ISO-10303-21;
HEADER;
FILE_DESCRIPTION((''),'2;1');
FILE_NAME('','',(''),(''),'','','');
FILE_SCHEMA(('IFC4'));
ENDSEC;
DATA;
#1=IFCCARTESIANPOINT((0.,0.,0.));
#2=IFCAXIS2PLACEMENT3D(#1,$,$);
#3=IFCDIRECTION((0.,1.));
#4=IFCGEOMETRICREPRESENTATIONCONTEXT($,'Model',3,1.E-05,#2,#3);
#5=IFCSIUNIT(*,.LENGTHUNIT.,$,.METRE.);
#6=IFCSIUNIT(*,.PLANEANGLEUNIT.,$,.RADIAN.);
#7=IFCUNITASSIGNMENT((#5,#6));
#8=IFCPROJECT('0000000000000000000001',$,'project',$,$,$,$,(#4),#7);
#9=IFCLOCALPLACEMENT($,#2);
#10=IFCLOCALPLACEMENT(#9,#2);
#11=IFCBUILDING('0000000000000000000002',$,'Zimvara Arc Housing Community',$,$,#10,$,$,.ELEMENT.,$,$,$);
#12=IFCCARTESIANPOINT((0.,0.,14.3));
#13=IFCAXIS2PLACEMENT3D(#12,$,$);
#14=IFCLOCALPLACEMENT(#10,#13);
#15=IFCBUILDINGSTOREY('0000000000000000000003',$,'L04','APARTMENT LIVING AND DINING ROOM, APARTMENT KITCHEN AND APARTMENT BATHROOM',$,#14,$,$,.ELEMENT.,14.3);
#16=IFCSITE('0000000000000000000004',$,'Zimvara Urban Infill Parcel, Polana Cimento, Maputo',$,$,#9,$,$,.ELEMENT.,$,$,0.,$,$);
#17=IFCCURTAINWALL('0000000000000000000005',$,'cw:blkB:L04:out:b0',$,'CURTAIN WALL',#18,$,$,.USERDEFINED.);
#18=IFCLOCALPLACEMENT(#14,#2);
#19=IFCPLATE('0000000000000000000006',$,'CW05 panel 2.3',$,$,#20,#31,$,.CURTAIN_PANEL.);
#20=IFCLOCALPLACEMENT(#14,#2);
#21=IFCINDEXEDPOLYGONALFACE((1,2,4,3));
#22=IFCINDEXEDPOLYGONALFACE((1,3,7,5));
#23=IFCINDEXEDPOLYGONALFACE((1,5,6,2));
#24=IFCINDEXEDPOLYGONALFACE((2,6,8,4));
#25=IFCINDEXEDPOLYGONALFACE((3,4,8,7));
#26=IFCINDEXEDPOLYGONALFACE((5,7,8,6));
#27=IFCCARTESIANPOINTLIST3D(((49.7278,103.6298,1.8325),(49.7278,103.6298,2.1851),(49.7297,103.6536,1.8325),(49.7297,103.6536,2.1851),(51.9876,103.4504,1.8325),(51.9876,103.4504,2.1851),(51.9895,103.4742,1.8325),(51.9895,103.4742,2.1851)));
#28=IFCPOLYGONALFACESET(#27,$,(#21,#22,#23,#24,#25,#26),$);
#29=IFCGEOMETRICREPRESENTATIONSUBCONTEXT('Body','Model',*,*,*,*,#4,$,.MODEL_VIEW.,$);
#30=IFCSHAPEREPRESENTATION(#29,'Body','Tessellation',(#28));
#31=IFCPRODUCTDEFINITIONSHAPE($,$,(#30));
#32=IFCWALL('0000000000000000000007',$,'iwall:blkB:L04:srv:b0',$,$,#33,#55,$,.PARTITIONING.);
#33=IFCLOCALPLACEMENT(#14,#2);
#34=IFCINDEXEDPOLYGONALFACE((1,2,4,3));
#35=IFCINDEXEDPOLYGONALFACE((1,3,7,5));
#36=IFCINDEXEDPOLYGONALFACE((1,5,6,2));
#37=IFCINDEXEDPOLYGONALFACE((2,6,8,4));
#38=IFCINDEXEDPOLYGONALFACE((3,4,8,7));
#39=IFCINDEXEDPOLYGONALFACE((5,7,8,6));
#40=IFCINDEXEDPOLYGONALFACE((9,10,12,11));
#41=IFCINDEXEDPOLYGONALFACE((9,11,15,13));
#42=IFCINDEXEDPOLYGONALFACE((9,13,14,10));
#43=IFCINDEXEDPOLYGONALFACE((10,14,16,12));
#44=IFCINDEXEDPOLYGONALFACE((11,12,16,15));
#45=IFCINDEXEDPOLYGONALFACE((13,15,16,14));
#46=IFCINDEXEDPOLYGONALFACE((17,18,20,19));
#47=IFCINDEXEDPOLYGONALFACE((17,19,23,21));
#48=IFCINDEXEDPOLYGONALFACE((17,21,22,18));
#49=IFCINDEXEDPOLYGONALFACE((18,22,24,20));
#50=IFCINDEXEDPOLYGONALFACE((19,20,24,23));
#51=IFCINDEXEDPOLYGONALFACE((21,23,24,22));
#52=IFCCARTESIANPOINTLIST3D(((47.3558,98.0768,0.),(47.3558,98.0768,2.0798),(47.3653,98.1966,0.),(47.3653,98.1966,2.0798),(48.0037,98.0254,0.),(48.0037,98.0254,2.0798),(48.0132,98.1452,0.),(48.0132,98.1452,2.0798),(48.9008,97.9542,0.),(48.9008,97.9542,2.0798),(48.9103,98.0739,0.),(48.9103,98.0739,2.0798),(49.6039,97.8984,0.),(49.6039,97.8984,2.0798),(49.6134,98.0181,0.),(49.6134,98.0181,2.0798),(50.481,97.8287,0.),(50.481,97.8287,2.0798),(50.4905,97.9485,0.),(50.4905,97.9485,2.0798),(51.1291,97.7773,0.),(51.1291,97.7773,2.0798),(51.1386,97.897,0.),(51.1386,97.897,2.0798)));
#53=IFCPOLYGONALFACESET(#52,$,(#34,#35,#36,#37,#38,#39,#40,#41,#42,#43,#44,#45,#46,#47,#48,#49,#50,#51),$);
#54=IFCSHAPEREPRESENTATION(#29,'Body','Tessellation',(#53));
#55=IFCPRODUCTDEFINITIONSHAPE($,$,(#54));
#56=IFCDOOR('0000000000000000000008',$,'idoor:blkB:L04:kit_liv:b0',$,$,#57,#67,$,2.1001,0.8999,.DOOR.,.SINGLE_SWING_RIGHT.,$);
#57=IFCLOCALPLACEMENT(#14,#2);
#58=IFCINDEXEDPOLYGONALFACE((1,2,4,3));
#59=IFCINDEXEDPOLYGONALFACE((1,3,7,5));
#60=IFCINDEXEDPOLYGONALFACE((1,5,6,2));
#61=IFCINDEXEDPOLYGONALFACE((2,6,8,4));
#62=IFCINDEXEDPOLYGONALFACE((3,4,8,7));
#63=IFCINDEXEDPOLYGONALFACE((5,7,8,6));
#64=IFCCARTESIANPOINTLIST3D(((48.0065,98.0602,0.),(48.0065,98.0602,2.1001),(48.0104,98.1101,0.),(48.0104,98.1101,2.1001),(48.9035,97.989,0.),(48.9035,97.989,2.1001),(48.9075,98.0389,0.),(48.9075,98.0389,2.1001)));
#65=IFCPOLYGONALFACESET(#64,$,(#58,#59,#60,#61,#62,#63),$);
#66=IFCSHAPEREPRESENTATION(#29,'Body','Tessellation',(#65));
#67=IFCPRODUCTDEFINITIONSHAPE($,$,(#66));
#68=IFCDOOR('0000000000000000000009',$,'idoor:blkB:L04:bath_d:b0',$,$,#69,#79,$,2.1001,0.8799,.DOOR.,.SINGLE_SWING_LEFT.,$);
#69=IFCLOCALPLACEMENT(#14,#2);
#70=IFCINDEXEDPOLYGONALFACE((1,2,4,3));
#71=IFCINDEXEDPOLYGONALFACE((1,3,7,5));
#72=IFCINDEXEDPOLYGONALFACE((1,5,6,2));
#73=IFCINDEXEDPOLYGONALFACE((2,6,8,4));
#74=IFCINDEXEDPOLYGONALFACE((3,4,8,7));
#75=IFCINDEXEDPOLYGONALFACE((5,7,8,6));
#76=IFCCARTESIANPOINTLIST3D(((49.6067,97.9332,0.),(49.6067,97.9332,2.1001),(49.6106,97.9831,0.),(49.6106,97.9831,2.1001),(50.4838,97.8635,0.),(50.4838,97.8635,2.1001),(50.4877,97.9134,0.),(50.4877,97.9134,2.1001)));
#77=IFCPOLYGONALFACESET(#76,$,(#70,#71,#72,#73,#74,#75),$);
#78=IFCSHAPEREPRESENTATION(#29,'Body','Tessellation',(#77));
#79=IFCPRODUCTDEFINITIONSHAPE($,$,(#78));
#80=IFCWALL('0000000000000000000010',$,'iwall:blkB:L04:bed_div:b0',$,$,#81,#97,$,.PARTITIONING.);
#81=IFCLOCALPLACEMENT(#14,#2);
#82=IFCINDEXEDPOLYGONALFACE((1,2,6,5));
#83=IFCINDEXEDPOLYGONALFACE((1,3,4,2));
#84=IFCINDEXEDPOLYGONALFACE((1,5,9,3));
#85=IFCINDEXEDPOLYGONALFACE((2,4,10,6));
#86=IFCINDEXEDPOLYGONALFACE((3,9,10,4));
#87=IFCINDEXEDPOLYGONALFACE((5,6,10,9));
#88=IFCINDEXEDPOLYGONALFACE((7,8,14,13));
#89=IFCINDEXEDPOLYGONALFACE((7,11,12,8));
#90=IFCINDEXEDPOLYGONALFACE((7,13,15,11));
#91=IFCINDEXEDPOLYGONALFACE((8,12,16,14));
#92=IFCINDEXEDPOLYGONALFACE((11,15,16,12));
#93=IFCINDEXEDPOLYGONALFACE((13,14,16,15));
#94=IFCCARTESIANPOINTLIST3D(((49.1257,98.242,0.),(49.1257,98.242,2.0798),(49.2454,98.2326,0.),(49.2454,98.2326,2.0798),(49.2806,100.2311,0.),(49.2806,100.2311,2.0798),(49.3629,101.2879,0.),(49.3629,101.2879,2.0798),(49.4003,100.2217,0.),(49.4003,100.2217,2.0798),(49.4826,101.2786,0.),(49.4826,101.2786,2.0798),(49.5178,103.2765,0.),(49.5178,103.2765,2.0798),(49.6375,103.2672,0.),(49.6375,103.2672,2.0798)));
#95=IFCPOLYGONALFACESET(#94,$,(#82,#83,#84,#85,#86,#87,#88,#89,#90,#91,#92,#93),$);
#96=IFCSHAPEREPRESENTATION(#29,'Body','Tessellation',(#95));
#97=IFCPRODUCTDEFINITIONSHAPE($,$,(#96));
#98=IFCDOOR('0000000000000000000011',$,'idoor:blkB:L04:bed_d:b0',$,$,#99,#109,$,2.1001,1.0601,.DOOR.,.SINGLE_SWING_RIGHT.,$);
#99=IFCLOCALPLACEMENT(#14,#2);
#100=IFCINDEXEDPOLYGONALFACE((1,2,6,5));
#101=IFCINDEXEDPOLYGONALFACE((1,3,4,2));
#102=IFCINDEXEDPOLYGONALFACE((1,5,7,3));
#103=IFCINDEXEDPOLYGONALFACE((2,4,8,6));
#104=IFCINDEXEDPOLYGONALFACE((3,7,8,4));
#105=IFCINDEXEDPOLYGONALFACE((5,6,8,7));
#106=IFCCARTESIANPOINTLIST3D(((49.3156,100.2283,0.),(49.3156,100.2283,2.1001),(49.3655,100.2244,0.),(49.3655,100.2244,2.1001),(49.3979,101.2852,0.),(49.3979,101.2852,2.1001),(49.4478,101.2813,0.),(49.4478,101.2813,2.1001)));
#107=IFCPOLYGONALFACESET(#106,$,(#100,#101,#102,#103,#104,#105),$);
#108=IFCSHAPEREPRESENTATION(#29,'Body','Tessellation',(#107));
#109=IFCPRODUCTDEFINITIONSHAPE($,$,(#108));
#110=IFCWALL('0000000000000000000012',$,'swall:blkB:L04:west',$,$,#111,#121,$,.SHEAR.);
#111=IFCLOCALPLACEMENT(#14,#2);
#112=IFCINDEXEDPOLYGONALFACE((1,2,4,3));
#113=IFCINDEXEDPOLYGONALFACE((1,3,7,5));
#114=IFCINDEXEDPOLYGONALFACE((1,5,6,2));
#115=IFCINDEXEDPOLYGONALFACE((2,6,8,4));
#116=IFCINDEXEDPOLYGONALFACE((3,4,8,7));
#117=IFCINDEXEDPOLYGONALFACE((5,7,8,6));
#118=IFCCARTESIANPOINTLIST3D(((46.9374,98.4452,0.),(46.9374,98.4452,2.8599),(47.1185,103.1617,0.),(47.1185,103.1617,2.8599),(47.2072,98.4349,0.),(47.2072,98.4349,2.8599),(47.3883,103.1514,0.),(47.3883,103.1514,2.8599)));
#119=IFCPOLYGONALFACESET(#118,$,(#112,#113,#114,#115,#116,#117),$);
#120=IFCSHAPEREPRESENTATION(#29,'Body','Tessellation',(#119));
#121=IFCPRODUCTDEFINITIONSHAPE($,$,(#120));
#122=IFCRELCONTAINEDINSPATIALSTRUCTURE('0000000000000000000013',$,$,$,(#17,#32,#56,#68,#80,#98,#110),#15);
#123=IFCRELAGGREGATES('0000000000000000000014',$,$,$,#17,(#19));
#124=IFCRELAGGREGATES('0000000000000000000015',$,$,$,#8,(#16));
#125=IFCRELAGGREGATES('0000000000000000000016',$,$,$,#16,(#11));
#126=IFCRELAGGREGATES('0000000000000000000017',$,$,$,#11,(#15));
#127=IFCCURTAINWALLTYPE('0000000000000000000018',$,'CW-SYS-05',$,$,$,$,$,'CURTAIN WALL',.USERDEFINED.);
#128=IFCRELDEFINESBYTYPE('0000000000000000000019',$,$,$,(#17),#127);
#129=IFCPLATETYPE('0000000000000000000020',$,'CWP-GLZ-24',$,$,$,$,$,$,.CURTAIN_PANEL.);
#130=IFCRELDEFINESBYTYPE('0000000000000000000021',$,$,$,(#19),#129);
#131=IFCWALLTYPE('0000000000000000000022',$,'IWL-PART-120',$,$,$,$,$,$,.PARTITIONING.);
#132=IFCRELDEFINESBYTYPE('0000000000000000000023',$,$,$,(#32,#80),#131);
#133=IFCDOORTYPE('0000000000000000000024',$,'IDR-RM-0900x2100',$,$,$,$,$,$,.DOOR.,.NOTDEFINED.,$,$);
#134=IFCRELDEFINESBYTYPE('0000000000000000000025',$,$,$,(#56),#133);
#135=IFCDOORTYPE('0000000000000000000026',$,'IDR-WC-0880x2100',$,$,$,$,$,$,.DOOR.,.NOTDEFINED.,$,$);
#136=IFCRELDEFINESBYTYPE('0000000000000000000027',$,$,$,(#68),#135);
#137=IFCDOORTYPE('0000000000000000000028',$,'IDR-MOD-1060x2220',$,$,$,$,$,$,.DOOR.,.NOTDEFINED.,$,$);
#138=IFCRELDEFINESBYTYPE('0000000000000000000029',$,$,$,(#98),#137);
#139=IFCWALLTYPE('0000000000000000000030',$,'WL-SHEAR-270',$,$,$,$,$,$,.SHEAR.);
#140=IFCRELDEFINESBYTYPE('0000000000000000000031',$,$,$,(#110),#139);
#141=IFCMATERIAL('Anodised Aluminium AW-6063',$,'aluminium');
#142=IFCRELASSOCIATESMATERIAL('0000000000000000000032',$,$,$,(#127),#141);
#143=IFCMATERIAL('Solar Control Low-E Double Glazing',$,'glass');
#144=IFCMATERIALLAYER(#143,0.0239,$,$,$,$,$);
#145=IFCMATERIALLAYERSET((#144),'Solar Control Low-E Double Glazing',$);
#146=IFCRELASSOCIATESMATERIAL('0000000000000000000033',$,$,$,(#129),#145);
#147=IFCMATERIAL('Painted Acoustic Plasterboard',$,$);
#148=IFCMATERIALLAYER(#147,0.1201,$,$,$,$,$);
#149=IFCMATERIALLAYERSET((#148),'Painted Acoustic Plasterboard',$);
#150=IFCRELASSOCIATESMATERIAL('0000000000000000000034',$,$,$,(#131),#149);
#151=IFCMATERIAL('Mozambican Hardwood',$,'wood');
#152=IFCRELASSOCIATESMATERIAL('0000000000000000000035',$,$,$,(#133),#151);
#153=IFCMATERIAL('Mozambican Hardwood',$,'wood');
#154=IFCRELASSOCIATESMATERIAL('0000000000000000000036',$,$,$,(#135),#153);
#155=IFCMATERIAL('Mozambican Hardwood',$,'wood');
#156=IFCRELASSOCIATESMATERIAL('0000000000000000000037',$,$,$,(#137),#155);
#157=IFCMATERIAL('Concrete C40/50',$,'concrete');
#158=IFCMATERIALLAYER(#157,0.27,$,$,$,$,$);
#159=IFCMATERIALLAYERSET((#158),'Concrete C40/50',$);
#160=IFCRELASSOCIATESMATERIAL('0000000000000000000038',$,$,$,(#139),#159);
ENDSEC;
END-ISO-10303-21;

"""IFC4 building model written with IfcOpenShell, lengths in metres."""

from ifc_helpers import new_model, si_unit, direction, frame, frame_2d, origin, origin_2d, place, context, subcontext, project, spatial, rectangle, extrude, material, layer, layer_set, type_object, element, fill, aggregate, save


model = new_model("IFC4")

# Units and contexts
model_context = context("Model", 3, precision=1e-05, world=origin(), true_north=direction((0.0, 1.0)))
body_context = subcontext(model_context, "Body", "Model", "MODEL_VIEW")
ifc_project = project(units=[si_unit("LENGTHUNIT", "METRE"), si_unit("PLANEANGLEUNIT", "RADIAN")], contexts=[model_context])

# Site, building, storey
site_placement = place(None, origin())
site = spatial("IfcSite", under=ifc_project, at=site_placement, Name="Zimvara Urban Infill Parcel, Polana Cimento, Maputo", CompositionType="ELEMENT", RefElevation=0.0)
building_placement = place(site_placement, origin())
building = spatial("IfcBuilding", under=site, at=building_placement, Name="Zimvara Arc Housing Community", CompositionType="ELEMENT")
storey_placement = place(building_placement, frame((0.0, 0.0, 14.3)))
storey = spatial("IfcBuildingStorey", under=building, at=storey_placement, Name="L04", Description="APARTMENT LIVING AND DINING ROOM, APARTMENT KITCHEN AND APARTMENT BATHROOM", CompositionType="ELEMENT", Elevation=14.3)

# Curtain wall, plate
ifc_material_1 = material(Name="Anodised Aluminium AW-6063", Category="aluminium")
curtain_wall_type = type_object("IfcCurtainWallType", Name="CW-SYS-05", ElementType="CURTAIN WALL", PredefinedType="USERDEFINED", material=ifc_material_1)
curtain_wall_placement = place(storey_placement, origin())
curtain_wall = element("IfcCurtainWall", 1, at=curtain_wall_placement, inside=storey, type_object=curtain_wall_type, Name="cw:blkB:L04:out:b0", ObjectType="CURTAIN WALL", PredefinedType="USERDEFINED")
ifc_material_2 = material(Name="Solar Control Low-E Double Glazing", Category="glass")
ifc_layer_1 = layer(ifc_material_2, 0.0239)
ifc_layer_set_1 = layer_set([ifc_layer_1], Name="Solar Control Low-E Double Glazing")
plate_type = type_object("IfcPlateType", Name="CWP-GLZ-24", PredefinedType="CURTAIN_PANEL", material=ifc_layer_set_1)
plate_1_placement = place(storey_placement, frame((50.8586, 103.552, 1.8325), z_axis=(0.0, 0.0, 1.0), x_axis=(0.996862, -0.079154, 0.0)))
plate_1 = element("IfcPlate", 2, at=plate_1_placement, type_object=plate_type, Name="CW05 panel 2.3", PredefinedType="CURTAIN_PANEL", context=body_context, shape_type="SweptSolid", body=[
    extrude(rectangle(XDim=2.2668, YDim=0.0239, at=origin_2d()), origin(), (0.0, 0.0, 1.0), 0.3525),
])
aggregate(curtain_wall, [plate_1])

# Wall, openings, doors
ifc_material_3 = material(Name="Painted Acoustic Plasterboard")
ifc_layer_2 = layer(ifc_material_3, 0.1201)
ifc_layer_set_2 = layer_set([ifc_layer_2], Name="Painted Acoustic Plasterboard")
wall_type_1 = type_object("IfcWallType", Name="IWL-PART-120", PredefinedType="PARTITIONING", material=ifc_layer_set_2)
wall_1_placement = place(storey_placement, frame((47.3606, 98.1367, 0.0), z_axis=(0.0, 0.0, 1.0), x_axis=(0.996863, -0.079143, 0.0)))
wall_1 = element("IfcWall", 3, at=wall_1_placement, inside=storey, type_object=wall_type_1, Name="iwall:blkB:L04:srv:b0", PredefinedType="PARTITIONING", context=body_context, shape_type="SweptSolid", body=[
    extrude(rectangle(XDim=3.7852, YDim=0.1201, at=frame_2d((1.8926, 0.0))), origin(), (0.0, 0.0, 1.0), 2.0798),
])
opening_1_placement = place(wall_1_placement, frame((0.6499, 0.0, 0.0)))
opening_1 = element("IfcOpeningElement", 4, at=opening_1_placement, cuts=wall_1, PredefinedType="OPENING", context=body_context, shape_type="SweptSolid", body=[
    extrude(rectangle(XDim=0.8999, YDim=2.1001, at=frame_2d((0.45, 1.05))), frame((0.0, 0.0701, 0.0), z_axis=(0.0, -1.0, 0.0), x_axis=(1.0, 0.0, 0.0)), (0.0, 0.0, 1.0), 0.1401),
])
opening_2_placement = place(wall_1_placement, frame((2.2551, 0.0, 0.0)))
opening_2 = element("IfcOpeningElement", 5, at=opening_2_placement, cuts=wall_1, PredefinedType="OPENING", context=body_context, shape_type="SweptSolid", body=[
    extrude(rectangle(XDim=0.8799, YDim=2.1001, at=frame_2d((0.4399, 1.05))), frame((0.0, 0.0701, 0.0), z_axis=(0.0, -1.0, 0.0), x_axis=(1.0, 0.0, 0.0)), (0.0, 0.0, 1.0), 0.1401),
])
ifc_material_4 = material(Name="Mozambican Hardwood", Category="wood")
door_type_1 = type_object("IfcDoorType", Name="IDR-RM-0900x2100", OperationType="NOTDEFINED", PredefinedType="DOOR", material=ifc_material_4)
door_1_placement = place(opening_1_placement, origin())
door_1 = element("IfcDoor", 6, at=door_1_placement, inside=storey, type_object=door_type_1, Name="idoor:blkB:L04:kit_liv:b0", OperationType="SINGLE_SWING_RIGHT", OverallHeight=2.1001, OverallWidth=0.8999, PredefinedType="DOOR", context=body_context, shape_type="SweptSolid", body=[
    extrude(rectangle(XDim=0.8999, YDim=2.1001, at=frame_2d((0.45, 1.05))), frame((0.0, 0.0249, 0.0), z_axis=(0.0, -1.0, 0.0), x_axis=(1.0, 0.0, 0.0)), (0.0, 0.0, 1.0), 0.05),
])
fill(opening_1, door_1)
ifc_material_5 = material(Name="Mozambican Hardwood", Category="wood")
door_type_2 = type_object("IfcDoorType", Name="IDR-WC-0880x2100", OperationType="NOTDEFINED", PredefinedType="DOOR", material=ifc_material_5)
door_2_placement = place(opening_2_placement, origin())
door_2 = element("IfcDoor", 7, at=door_2_placement, inside=storey, type_object=door_type_2, Name="idoor:blkB:L04:bath_d:b0", OperationType="SINGLE_SWING_LEFT", OverallHeight=2.1001, OverallWidth=0.8799, PredefinedType="DOOR", context=body_context, shape_type="SweptSolid", body=[
    extrude(rectangle(XDim=0.8799, YDim=2.1001, at=frame_2d((0.4399, 1.05))), frame((0.0, 0.0249, 0.0), z_axis=(0.0, -1.0, 0.0), x_axis=(1.0, 0.0, 0.0)), (0.0, 0.0, 1.0), 0.05),
])
fill(opening_2, door_2)

# Wall, opening, door
wall_2_placement = place(storey_placement, frame((49.1855, 98.2373, 0.0), z_axis=(0.0, 0.0, 1.0), x_axis=(0.077643, 0.996981, 0.0)))
wall_2 = element("IfcWall", 8, at=wall_2_placement, inside=storey, type_object=wall_type_1, Name="iwall:blkB:L04:bed_div:b0", PredefinedType="PARTITIONING", context=body_context, shape_type="SweptSolid", body=[
    extrude(rectangle(XDim=5.0498, YDim=0.1201, at=frame_2d((2.5249, 0.0))), origin(), (0.0, 0.0, 1.0), 2.0798),
])
opening_3_placement = place(wall_2_placement, frame((1.9951, 0.0, 0.0)))
opening_3 = element("IfcOpeningElement", 9, at=opening_3_placement, cuts=wall_2, PredefinedType="OPENING", context=body_context, shape_type="SweptSolid", body=[
    extrude(rectangle(XDim=1.0601, YDim=2.1001, at=frame_2d((0.53, 1.05))), frame((0.0, 0.0701, 0.0), z_axis=(0.0, -1.0, 0.0), x_axis=(1.0, 0.0, 0.0)), (0.0, 0.0, 1.0), 0.1401),
])
ifc_material_6 = material(Name="Mozambican Hardwood", Category="wood")
door_type_3 = type_object("IfcDoorType", Name="IDR-MOD-1060x2220", OperationType="NOTDEFINED", PredefinedType="DOOR", material=ifc_material_6)
door_3_placement = place(opening_3_placement, origin())
door_3 = element("IfcDoor", 10, at=door_3_placement, inside=storey, type_object=door_type_3, Name="idoor:blkB:L04:bed_d:b0", OperationType="SINGLE_SWING_RIGHT", OverallHeight=2.1001, OverallWidth=1.0601, PredefinedType="DOOR", context=body_context, shape_type="SweptSolid", body=[
    extrude(rectangle(XDim=1.0601, YDim=2.1001, at=frame_2d((0.53, 1.05))), frame((0.0, 0.0249, 0.0), z_axis=(0.0, -1.0, 0.0), x_axis=(1.0, 0.0, 0.0)), (0.0, 0.0, 1.0), 0.05),
])
fill(opening_3, door_3)

# Wall
ifc_material_7 = material(Name="Concrete C40/50", Category="concrete")
ifc_layer_3 = layer(ifc_material_7, 0.27)
ifc_layer_set_3 = layer_set([ifc_layer_3], Name="Concrete C40/50")
wall_type_2 = type_object("IfcWallType", Name="WL-SHEAR-270", PredefinedType="SHEAR", material=ifc_layer_set_3)
wall_3_placement = place(storey_placement, frame((47.0723, 98.4402, 0.0), z_axis=(0.0, 0.0, 1.0), x_axis=(0.038379, 0.999263, 0.0)))
element("IfcWall", 11, at=wall_3_placement, inside=storey, type_object=wall_type_2, Name="swall:blkB:L04:west", PredefinedType="SHEAR", context=body_context, shape_type="SweptSolid", body=[
    extrude(rectangle(XDim=4.72, YDim=0.27, at=frame_2d((2.3599, 0.0))), origin(), (0.0, 0.0, 1.0), 2.8599),
])

save(model, "model.ifc")
